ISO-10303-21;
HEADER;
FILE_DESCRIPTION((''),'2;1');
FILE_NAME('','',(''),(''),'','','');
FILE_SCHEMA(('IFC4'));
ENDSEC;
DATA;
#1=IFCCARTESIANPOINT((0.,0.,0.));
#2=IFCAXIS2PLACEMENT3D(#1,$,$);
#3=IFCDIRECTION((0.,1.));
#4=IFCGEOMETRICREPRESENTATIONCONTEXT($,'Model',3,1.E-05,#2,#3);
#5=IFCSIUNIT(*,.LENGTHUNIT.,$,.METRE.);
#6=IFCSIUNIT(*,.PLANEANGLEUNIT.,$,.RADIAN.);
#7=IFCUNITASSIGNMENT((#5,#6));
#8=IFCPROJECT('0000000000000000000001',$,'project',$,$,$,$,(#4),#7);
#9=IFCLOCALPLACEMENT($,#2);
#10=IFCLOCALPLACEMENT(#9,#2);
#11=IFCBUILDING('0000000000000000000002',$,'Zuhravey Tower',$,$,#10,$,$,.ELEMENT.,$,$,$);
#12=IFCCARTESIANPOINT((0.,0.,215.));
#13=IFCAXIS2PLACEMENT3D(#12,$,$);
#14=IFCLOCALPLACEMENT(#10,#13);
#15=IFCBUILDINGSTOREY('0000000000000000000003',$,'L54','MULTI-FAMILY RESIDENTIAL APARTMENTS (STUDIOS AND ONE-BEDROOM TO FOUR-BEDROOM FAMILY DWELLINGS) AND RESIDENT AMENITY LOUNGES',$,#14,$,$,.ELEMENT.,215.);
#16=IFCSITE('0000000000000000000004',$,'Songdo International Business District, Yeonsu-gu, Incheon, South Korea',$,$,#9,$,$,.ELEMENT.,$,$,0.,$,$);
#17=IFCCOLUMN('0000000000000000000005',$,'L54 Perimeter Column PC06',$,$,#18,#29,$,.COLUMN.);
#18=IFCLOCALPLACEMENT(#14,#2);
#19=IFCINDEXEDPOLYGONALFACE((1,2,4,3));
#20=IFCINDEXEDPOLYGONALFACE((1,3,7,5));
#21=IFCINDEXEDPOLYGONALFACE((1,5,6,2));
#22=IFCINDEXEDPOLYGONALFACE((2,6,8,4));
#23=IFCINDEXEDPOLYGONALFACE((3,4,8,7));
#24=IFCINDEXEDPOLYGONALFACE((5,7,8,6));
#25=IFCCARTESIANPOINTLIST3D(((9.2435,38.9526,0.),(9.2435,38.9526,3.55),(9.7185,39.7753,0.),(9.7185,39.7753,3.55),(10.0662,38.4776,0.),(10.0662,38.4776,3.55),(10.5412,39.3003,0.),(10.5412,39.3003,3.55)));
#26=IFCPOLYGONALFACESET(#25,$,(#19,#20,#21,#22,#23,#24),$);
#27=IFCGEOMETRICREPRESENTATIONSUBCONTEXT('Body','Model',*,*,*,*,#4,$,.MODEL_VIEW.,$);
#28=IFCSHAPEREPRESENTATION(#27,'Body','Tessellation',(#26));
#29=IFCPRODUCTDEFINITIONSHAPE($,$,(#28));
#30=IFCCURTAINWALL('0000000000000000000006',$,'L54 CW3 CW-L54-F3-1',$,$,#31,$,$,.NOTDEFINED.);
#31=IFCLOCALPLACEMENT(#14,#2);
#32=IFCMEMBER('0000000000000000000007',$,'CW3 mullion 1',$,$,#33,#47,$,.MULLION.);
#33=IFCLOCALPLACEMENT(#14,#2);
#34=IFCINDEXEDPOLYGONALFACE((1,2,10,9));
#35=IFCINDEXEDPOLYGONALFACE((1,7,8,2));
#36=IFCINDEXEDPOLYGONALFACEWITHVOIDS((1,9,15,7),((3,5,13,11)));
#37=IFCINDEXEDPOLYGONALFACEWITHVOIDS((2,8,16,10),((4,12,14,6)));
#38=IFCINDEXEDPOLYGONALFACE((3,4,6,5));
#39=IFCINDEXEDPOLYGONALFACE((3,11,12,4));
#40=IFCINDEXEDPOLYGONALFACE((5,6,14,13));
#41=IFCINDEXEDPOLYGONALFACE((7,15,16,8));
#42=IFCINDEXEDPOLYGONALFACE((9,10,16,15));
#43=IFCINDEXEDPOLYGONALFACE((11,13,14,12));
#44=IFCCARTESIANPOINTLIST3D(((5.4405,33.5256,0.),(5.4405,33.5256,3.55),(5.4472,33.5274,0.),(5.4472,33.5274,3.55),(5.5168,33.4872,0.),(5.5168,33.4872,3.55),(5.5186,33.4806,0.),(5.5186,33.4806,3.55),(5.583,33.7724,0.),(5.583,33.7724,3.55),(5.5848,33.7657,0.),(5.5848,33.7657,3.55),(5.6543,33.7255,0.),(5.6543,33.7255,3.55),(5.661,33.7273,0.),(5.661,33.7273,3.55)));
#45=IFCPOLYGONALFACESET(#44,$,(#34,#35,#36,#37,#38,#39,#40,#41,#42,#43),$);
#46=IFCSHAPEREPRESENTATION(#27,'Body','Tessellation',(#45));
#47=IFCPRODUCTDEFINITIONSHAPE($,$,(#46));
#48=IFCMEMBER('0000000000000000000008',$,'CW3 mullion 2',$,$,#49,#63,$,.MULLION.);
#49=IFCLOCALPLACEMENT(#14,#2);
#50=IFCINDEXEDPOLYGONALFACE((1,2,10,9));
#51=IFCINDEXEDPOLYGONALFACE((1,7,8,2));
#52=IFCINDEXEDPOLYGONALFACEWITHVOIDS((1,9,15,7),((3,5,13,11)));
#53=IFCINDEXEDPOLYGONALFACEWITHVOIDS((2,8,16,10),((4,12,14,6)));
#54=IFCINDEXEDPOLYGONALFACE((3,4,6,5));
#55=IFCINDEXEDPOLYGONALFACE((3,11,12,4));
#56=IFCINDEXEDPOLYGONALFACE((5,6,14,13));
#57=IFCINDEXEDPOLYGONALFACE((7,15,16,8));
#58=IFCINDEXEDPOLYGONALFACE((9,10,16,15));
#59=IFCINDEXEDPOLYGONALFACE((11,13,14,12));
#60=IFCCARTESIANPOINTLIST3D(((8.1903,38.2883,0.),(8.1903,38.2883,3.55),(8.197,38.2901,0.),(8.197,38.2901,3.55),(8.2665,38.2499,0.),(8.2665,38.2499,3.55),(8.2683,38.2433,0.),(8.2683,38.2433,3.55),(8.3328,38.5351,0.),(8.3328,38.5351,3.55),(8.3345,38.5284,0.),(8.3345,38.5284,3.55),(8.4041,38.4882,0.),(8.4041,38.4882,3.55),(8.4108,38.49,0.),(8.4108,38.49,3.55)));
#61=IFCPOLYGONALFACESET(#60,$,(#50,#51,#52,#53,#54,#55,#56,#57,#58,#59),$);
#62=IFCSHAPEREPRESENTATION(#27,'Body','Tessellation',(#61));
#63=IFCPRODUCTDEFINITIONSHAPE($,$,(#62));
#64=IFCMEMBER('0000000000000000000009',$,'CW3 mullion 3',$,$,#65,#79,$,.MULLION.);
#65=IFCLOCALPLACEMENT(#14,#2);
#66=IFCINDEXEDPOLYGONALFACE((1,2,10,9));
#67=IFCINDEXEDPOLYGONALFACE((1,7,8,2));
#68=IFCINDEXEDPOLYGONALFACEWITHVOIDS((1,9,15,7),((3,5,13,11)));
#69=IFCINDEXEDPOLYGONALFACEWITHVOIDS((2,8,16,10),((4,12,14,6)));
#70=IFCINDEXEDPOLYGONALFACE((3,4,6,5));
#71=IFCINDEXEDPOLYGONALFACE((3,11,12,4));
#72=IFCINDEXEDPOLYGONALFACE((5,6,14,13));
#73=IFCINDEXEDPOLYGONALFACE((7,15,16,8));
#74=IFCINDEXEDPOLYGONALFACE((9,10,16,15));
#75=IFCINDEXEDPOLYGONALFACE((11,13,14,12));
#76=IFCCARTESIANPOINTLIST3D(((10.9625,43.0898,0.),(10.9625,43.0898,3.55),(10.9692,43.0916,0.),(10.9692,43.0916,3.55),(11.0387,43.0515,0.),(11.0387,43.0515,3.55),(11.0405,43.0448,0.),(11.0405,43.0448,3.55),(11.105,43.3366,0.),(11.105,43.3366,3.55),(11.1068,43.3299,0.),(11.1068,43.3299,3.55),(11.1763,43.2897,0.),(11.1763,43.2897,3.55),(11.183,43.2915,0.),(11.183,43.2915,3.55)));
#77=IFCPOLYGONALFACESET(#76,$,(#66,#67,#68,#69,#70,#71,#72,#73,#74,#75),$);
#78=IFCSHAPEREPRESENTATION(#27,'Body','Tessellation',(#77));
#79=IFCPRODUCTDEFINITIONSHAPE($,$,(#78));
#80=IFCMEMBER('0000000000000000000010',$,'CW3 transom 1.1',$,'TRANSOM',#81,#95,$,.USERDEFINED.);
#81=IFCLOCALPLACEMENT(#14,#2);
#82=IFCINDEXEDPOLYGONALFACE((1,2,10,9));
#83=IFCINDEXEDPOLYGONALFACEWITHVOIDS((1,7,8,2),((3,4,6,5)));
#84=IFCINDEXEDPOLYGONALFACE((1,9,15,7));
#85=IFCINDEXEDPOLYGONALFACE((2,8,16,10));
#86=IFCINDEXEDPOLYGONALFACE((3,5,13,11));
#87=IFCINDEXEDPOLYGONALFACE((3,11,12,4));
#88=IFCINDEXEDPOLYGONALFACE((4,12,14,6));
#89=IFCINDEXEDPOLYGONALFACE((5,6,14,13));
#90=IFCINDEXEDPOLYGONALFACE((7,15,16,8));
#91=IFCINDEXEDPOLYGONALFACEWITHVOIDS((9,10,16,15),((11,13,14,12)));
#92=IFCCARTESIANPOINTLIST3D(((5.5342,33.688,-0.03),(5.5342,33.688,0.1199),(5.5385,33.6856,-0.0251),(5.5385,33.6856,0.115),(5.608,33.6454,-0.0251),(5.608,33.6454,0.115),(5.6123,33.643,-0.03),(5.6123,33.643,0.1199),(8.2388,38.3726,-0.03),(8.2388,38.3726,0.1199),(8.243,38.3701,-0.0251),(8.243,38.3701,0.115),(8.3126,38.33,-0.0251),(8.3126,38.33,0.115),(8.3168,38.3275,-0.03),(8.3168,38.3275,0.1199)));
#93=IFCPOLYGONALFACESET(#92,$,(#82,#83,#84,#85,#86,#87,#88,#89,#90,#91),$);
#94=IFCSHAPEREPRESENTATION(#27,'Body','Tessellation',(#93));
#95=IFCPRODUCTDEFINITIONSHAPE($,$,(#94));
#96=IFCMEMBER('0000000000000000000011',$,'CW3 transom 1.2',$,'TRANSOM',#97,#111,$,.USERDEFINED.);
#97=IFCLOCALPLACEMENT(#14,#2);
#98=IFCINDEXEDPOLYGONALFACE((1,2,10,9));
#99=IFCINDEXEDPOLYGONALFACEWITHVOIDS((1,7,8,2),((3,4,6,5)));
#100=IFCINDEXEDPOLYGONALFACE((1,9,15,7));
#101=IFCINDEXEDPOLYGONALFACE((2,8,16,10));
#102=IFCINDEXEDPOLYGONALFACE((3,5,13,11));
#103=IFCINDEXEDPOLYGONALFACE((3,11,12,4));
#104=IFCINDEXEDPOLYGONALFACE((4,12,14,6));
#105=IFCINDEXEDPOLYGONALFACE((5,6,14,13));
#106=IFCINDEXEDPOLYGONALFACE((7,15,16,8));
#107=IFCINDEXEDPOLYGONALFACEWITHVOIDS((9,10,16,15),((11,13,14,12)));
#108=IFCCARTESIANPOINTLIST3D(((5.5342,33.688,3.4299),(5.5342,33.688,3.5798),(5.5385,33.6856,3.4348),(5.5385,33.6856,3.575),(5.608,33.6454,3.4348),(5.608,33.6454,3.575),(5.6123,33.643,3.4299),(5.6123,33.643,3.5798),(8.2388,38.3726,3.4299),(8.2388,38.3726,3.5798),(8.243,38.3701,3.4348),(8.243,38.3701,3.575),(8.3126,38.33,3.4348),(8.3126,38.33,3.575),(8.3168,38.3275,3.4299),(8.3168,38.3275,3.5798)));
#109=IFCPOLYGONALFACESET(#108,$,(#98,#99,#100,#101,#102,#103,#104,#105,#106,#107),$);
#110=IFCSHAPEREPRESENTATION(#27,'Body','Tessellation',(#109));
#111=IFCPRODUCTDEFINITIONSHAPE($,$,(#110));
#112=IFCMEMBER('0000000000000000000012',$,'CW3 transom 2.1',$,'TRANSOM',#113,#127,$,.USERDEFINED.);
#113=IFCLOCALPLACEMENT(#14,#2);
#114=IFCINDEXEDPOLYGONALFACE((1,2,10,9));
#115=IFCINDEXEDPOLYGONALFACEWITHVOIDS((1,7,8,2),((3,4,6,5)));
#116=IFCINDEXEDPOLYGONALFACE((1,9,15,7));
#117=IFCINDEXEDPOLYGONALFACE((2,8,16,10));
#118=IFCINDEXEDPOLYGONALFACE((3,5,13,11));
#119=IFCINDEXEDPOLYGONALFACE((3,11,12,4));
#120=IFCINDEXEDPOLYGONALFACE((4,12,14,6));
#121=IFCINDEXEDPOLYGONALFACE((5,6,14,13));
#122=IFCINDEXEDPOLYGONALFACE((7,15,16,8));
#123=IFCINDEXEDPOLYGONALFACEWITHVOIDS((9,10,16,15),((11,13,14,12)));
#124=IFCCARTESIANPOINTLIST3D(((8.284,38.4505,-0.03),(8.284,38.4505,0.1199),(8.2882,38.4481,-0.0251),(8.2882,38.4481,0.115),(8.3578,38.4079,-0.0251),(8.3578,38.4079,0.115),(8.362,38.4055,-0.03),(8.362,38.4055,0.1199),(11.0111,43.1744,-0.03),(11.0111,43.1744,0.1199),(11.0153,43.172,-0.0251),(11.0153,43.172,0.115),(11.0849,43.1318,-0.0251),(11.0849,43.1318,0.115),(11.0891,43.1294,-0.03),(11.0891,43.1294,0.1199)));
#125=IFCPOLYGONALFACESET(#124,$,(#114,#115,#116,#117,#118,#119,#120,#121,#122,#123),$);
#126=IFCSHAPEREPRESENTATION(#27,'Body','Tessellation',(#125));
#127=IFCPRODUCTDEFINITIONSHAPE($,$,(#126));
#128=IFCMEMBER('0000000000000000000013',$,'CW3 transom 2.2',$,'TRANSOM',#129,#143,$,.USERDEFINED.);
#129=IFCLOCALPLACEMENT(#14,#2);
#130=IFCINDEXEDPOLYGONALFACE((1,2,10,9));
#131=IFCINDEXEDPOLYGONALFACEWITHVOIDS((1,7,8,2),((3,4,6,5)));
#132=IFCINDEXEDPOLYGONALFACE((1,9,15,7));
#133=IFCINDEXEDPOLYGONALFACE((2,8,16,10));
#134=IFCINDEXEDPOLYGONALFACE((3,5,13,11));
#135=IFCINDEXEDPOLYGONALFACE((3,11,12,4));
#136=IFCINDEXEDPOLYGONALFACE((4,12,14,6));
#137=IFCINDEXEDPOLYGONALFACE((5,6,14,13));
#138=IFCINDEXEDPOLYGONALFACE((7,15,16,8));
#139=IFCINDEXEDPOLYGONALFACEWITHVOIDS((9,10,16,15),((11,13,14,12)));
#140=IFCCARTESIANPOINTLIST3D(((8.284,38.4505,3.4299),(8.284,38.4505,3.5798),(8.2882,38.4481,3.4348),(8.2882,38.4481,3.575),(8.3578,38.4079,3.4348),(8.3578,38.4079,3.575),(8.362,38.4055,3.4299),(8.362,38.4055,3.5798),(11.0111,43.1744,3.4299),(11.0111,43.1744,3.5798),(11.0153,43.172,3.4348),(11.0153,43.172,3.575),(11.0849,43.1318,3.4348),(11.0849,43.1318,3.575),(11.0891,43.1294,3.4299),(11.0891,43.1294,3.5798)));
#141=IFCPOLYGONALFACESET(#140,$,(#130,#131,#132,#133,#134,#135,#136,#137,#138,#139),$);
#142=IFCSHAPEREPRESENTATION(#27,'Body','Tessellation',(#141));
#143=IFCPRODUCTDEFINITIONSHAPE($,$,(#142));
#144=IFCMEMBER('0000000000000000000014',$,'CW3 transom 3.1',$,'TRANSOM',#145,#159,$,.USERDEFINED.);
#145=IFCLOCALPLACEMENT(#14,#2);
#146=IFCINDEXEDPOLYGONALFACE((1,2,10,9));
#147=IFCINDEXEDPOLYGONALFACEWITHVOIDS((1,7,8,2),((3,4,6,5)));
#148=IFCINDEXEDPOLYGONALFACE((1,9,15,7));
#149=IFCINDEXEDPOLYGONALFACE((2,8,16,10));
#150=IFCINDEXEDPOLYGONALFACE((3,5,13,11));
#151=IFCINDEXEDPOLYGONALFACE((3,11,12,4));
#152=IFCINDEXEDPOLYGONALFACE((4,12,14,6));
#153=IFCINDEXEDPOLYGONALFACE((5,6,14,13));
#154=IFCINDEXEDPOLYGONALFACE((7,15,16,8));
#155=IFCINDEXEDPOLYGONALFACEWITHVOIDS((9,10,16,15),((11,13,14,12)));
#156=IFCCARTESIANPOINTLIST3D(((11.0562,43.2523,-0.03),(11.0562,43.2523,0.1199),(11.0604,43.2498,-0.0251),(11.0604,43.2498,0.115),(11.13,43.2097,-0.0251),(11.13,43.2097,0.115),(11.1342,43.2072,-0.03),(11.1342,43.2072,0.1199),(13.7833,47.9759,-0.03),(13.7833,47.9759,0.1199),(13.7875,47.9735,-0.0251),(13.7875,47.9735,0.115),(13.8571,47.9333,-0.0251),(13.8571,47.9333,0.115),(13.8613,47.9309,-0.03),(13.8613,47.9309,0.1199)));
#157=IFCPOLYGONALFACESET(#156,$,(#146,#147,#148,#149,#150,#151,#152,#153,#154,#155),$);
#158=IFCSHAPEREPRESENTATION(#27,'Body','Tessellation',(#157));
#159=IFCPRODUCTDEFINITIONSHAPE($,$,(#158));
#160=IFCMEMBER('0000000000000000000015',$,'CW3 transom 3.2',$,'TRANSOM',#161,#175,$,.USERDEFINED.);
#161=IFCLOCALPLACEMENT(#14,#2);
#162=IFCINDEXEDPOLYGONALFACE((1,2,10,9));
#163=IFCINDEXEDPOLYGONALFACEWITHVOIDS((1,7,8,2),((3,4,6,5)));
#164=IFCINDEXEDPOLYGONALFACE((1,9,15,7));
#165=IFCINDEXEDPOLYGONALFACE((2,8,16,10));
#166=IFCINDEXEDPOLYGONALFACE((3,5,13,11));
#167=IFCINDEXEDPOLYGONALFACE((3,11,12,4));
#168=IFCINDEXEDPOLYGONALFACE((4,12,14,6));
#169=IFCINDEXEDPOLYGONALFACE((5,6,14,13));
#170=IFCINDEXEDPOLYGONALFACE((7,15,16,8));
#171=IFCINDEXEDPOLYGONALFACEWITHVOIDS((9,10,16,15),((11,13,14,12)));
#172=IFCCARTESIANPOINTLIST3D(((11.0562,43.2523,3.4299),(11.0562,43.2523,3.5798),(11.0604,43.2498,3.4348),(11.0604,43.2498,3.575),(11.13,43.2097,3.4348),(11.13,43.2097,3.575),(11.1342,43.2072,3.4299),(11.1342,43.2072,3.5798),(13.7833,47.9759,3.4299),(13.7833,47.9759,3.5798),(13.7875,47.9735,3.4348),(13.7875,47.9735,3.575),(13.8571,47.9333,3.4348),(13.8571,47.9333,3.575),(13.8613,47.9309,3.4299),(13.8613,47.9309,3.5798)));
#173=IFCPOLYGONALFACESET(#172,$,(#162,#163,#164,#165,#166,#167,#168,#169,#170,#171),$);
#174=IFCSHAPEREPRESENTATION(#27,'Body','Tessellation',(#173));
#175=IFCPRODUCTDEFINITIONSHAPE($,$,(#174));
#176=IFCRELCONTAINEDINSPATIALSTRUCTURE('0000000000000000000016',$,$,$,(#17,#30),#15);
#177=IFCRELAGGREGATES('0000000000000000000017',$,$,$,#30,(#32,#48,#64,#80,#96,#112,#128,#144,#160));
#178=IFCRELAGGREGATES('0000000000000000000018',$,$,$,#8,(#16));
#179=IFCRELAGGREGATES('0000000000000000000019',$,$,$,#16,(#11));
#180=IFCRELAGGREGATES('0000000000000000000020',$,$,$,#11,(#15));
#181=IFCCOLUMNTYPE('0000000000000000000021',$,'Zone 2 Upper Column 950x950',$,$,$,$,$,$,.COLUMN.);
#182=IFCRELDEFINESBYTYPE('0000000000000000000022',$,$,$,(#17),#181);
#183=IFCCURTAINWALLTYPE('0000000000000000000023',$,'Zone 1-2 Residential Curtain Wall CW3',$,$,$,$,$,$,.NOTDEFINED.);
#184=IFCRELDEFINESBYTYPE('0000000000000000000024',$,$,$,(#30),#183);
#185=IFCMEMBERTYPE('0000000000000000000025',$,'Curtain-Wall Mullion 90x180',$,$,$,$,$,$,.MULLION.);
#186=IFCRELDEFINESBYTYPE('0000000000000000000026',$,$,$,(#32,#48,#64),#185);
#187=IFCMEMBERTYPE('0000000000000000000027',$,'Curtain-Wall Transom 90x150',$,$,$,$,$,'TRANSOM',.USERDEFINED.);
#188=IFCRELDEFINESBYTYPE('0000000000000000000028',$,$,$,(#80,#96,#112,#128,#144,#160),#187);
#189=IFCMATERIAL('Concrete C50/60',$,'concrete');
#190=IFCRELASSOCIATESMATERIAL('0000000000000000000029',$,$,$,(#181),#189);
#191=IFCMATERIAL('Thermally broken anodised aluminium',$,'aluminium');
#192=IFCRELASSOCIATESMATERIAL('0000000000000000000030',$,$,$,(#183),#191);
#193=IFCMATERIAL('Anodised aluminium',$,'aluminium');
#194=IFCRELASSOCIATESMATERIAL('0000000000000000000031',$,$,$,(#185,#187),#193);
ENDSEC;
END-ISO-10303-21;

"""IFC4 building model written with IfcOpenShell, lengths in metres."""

from ifc_helpers import new_model, si_unit, direction, frame, origin, origin_2d, place, context, subcontext, project, spatial, rectangle, hollow_rectangle, extrude, material, material_profile, profile_set, type_object, element, aggregate, save


model = new_model("IFC4")

# Units and contexts
model_context = context("Model", 3, precision=1e-05, world=origin(), true_north=direction((0.0, 1.0)))
body_context = subcontext(model_context, "Body", "Model", "MODEL_VIEW")
ifc_project = project(units=[si_unit("LENGTHUNIT", "METRE"), si_unit("PLANEANGLEUNIT", "RADIAN")], contexts=[model_context])

# Site, building, storey
site_placement = place(None, origin())
site = spatial("IfcSite", under=ifc_project, at=site_placement, Name="Songdo International Business District, Yeonsu-gu, Incheon, South Korea", CompositionType="ELEMENT", RefElevation=0.0)
building_placement = place(site_placement, origin())
building = spatial("IfcBuilding", under=site, at=building_placement, Name="Zuhravey Tower", CompositionType="ELEMENT")
storey_placement = place(building_placement, frame((0.0, 0.0, 215.0)))
storey = spatial("IfcBuildingStorey", under=building, at=storey_placement, Name="L54", Description="MULTI-FAMILY RESIDENTIAL APARTMENTS (STUDIOS AND ONE-BEDROOM TO FOUR-BEDROOM FAMILY DWELLINGS) AND RESIDENT AMENITY LOUNGES", CompositionType="ELEMENT", Elevation=215.0)

# Column
ifc_material_1 = material(Name="Concrete C50/60", Category="concrete")
ifc_material_profile_1 = material_profile(ifc_material_1, rectangle(XDim=0.95, YDim=0.95, at=origin_2d()), Name="RC-950x950")
ifc_profile_set_1 = profile_set([ifc_material_profile_1], Name="Concrete C50/60")
column_type = type_object("IfcColumnType", Name="Zone 2 Upper Column 950x950", PredefinedType="COLUMN", material=ifc_profile_set_1)
column_placement = place(storey_placement, frame((9.8923, 39.1265, 0.0), z_axis=(0.0, 0.0, 1.0), x_axis=(-0.5, -0.866025, 0.0)))
element("IfcColumn", 1, at=column_placement, inside=storey, type_object=column_type, Name="L54 Perimeter Column PC06", PredefinedType="COLUMN", context=body_context, shape_type="SweptSolid", body=[
    extrude(rectangle(XDim=0.95, YDim=0.95, at=origin_2d()), origin(), (0.0, 0.0, 1.0), 3.55),
])

# Curtain wall, members
ifc_material_2 = material(Name="Thermally broken anodised aluminium", Category="aluminium")
curtain_wall_type = type_object("IfcCurtainWallType", Name="Zone 1-2 Residential Curtain Wall CW3", PredefinedType="NOTDEFINED", material=ifc_material_2)
curtain_wall_placement = place(storey_placement, origin())
curtain_wall = element("IfcCurtainWall", 2, at=curtain_wall_placement, inside=storey, type_object=curtain_wall_type, Name="L54 CW3 CW-L54-F3-1", PredefinedType="NOTDEFINED")
ifc_material_3 = material(Name="Anodised aluminium", Category="aluminium")
ifc_material_profile_2 = material_profile(ifc_material_3, hollow_rectangle(XDim=0.0901, YDim=0.2849, WallThickness=0.0049, at=origin_2d()), Name="ALU-RHS-90x285x5")
ifc_profile_set_2 = profile_set([ifc_material_profile_2], Name="Anodised aluminium")
member_type_1 = type_object("IfcMemberType", Name="Curtain-Wall Mullion 90x180", PredefinedType="MULLION", material=ifc_profile_set_2)
member_1_placement = place(storey_placement, frame((5.5508, 33.6265, 0.0), z_axis=(0.0, 0.0, 1.0), x_axis=(-0.866025, 0.5, 0.0)))
member_1 = element("IfcMember", 3, at=member_1_placement, type_object=member_type_1, Name="CW3 mullion 1", PredefinedType="MULLION", context=body_context, shape_type="SweptSolid", body=[
    extrude(hollow_rectangle(XDim=0.0901, YDim=0.2849, WallThickness=0.0049, at=origin_2d()), origin(), (0.0, 0.0, 1.0), 3.55),
])
member_2_placement = place(storey_placement, frame((8.3005, 38.3892, 0.0), z_axis=(0.0, 0.0, 1.0), x_axis=(-0.866025, 0.5, 0.0)))
member_2 = element("IfcMember", 4, at=member_2_placement, type_object=member_type_1, Name="CW3 mullion 2", PredefinedType="MULLION", context=body_context, shape_type="SweptSolid", body=[
    extrude(hollow_rectangle(XDim=0.0901, YDim=0.2849, WallThickness=0.0049, at=origin_2d()), origin(), (0.0, 0.0, 1.0), 3.55),
])
member_3_placement = place(storey_placement, frame((11.0728, 43.1907, 0.0), z_axis=(0.0, 0.0, 1.0), x_axis=(-0.866025, 0.5, 0.0)))
member_3 = element("IfcMember", 5, at=member_3_placement, type_object=member_type_1, Name="CW3 mullion 3", PredefinedType="MULLION", context=body_context, shape_type="SweptSolid", body=[
    extrude(hollow_rectangle(XDim=0.0901, YDim=0.2849, WallThickness=0.0049, at=origin_2d()), origin(), (0.0, 0.0, 1.0), 3.55),
])
ifc_material_profile_3 = material_profile(ifc_material_3, hollow_rectangle(XDim=0.0901, YDim=0.1499, WallThickness=0.0049, at=origin_2d()), Name="ALU-RHS-90x150x5")
ifc_profile_set_3 = profile_set([ifc_material_profile_3], Name="Anodised aluminium")
member_type_2 = type_object("IfcMemberType", Name="Curtain-Wall Transom 90x150", ElementType="TRANSOM", PredefinedType="USERDEFINED", material=ifc_profile_set_3)
member_4_placement = place(storey_placement, frame((5.5732, 33.6655, 0.0449), z_axis=(0.499993, 0.866029, 0.0), x_axis=(-0.866029, 0.499993, 0.0)))
member_4 = element("IfcMember", 6, at=member_4_placement, type_object=member_type_2, Name="CW3 transom 1.1", ObjectType="TRANSOM", PredefinedType="USERDEFINED", context=body_context, shape_type="SweptSolid", body=[
    extrude(hollow_rectangle(XDim=0.0901, YDim=0.1499, WallThickness=0.0049, at=origin_2d()), origin(), (0.0, 0.0, 1.0), 5.4092),
])
member_5_placement = place(storey_placement, frame((5.5732, 33.6655, 3.5049), z_axis=(0.499993, 0.866029, 0.0), x_axis=(-0.866029, 0.499993, 0.0)))
member_5 = element("IfcMember", 7, at=member_5_placement, type_object=member_type_2, Name="CW3 transom 1.2", ObjectType="TRANSOM", PredefinedType="USERDEFINED", context=body_context, shape_type="SweptSolid", body=[
    extrude(hollow_rectangle(XDim=0.0901, YDim=0.1499, WallThickness=0.0049, at=origin_2d()), origin(), (0.0, 0.0, 1.0), 5.4092),
])
member_6_placement = place(storey_placement, frame((8.323, 38.428, 0.0449), z_axis=(0.499961, 0.866048, 0.0), x_axis=(-0.866048, 0.499961, 0.0)))
member_6 = element("IfcMember", 8, at=member_6_placement, type_object=member_type_2, Name="CW3 transom 2.1", ObjectType="TRANSOM", PredefinedType="USERDEFINED", context=body_context, shape_type="SweptSolid", body=[
    extrude(hollow_rectangle(XDim=0.0901, YDim=0.1499, WallThickness=0.0049, at=origin_2d()), origin(), (0.0, 0.0, 1.0), 5.4546),
])
member_7_placement = place(storey_placement, frame((8.323, 38.428, 3.5049), z_axis=(0.499961, 0.866048, 0.0), x_axis=(-0.866048, 0.499961, 0.0)))
member_7 = element("IfcMember", 9, at=member_7_placement, type_object=member_type_2, Name="CW3 transom 2.2", ObjectType="TRANSOM", PredefinedType="USERDEFINED", context=body_context, shape_type="SweptSolid", body=[
    extrude(hollow_rectangle(XDim=0.0901, YDim=0.1499, WallThickness=0.0049, at=origin_2d()), origin(), (0.0, 0.0, 1.0), 5.4546),
])
member_8_placement = place(storey_placement, frame((11.0952, 43.2297, 0.0449), z_axis=(0.499981, 0.866037, 0.0), x_axis=(-0.866037, 0.499981, 0.0)))
member_8 = element("IfcMember", 10, at=member_8_placement, type_object=member_type_2, Name="CW3 transom 3.1", ObjectType="TRANSOM", PredefinedType="USERDEFINED", context=body_context, shape_type="SweptSolid", body=[
    extrude(hollow_rectangle(XDim=0.0901, YDim=0.1499, WallThickness=0.0049, at=origin_2d()), origin(), (0.0, 0.0, 1.0), 5.4543),
])
member_9_placement = place(storey_placement, frame((11.0952, 43.2297, 3.5049), z_axis=(0.499981, 0.866037, 0.0), x_axis=(-0.866037, 0.499981, 0.0)))
member_9 = element("IfcMember", 11, at=member_9_placement, type_object=member_type_2, Name="CW3 transom 3.2", ObjectType="TRANSOM", PredefinedType="USERDEFINED", context=body_context, shape_type="SweptSolid", body=[
    extrude(hollow_rectangle(XDim=0.0901, YDim=0.1499, WallThickness=0.0049, at=origin_2d()), origin(), (0.0, 0.0, 1.0), 5.4543),
])

aggregate(curtain_wall, [member_1, member_2, member_3, member_4, member_5, member_6, member_7, member_8, member_9])

save(model, "model.ifc")
